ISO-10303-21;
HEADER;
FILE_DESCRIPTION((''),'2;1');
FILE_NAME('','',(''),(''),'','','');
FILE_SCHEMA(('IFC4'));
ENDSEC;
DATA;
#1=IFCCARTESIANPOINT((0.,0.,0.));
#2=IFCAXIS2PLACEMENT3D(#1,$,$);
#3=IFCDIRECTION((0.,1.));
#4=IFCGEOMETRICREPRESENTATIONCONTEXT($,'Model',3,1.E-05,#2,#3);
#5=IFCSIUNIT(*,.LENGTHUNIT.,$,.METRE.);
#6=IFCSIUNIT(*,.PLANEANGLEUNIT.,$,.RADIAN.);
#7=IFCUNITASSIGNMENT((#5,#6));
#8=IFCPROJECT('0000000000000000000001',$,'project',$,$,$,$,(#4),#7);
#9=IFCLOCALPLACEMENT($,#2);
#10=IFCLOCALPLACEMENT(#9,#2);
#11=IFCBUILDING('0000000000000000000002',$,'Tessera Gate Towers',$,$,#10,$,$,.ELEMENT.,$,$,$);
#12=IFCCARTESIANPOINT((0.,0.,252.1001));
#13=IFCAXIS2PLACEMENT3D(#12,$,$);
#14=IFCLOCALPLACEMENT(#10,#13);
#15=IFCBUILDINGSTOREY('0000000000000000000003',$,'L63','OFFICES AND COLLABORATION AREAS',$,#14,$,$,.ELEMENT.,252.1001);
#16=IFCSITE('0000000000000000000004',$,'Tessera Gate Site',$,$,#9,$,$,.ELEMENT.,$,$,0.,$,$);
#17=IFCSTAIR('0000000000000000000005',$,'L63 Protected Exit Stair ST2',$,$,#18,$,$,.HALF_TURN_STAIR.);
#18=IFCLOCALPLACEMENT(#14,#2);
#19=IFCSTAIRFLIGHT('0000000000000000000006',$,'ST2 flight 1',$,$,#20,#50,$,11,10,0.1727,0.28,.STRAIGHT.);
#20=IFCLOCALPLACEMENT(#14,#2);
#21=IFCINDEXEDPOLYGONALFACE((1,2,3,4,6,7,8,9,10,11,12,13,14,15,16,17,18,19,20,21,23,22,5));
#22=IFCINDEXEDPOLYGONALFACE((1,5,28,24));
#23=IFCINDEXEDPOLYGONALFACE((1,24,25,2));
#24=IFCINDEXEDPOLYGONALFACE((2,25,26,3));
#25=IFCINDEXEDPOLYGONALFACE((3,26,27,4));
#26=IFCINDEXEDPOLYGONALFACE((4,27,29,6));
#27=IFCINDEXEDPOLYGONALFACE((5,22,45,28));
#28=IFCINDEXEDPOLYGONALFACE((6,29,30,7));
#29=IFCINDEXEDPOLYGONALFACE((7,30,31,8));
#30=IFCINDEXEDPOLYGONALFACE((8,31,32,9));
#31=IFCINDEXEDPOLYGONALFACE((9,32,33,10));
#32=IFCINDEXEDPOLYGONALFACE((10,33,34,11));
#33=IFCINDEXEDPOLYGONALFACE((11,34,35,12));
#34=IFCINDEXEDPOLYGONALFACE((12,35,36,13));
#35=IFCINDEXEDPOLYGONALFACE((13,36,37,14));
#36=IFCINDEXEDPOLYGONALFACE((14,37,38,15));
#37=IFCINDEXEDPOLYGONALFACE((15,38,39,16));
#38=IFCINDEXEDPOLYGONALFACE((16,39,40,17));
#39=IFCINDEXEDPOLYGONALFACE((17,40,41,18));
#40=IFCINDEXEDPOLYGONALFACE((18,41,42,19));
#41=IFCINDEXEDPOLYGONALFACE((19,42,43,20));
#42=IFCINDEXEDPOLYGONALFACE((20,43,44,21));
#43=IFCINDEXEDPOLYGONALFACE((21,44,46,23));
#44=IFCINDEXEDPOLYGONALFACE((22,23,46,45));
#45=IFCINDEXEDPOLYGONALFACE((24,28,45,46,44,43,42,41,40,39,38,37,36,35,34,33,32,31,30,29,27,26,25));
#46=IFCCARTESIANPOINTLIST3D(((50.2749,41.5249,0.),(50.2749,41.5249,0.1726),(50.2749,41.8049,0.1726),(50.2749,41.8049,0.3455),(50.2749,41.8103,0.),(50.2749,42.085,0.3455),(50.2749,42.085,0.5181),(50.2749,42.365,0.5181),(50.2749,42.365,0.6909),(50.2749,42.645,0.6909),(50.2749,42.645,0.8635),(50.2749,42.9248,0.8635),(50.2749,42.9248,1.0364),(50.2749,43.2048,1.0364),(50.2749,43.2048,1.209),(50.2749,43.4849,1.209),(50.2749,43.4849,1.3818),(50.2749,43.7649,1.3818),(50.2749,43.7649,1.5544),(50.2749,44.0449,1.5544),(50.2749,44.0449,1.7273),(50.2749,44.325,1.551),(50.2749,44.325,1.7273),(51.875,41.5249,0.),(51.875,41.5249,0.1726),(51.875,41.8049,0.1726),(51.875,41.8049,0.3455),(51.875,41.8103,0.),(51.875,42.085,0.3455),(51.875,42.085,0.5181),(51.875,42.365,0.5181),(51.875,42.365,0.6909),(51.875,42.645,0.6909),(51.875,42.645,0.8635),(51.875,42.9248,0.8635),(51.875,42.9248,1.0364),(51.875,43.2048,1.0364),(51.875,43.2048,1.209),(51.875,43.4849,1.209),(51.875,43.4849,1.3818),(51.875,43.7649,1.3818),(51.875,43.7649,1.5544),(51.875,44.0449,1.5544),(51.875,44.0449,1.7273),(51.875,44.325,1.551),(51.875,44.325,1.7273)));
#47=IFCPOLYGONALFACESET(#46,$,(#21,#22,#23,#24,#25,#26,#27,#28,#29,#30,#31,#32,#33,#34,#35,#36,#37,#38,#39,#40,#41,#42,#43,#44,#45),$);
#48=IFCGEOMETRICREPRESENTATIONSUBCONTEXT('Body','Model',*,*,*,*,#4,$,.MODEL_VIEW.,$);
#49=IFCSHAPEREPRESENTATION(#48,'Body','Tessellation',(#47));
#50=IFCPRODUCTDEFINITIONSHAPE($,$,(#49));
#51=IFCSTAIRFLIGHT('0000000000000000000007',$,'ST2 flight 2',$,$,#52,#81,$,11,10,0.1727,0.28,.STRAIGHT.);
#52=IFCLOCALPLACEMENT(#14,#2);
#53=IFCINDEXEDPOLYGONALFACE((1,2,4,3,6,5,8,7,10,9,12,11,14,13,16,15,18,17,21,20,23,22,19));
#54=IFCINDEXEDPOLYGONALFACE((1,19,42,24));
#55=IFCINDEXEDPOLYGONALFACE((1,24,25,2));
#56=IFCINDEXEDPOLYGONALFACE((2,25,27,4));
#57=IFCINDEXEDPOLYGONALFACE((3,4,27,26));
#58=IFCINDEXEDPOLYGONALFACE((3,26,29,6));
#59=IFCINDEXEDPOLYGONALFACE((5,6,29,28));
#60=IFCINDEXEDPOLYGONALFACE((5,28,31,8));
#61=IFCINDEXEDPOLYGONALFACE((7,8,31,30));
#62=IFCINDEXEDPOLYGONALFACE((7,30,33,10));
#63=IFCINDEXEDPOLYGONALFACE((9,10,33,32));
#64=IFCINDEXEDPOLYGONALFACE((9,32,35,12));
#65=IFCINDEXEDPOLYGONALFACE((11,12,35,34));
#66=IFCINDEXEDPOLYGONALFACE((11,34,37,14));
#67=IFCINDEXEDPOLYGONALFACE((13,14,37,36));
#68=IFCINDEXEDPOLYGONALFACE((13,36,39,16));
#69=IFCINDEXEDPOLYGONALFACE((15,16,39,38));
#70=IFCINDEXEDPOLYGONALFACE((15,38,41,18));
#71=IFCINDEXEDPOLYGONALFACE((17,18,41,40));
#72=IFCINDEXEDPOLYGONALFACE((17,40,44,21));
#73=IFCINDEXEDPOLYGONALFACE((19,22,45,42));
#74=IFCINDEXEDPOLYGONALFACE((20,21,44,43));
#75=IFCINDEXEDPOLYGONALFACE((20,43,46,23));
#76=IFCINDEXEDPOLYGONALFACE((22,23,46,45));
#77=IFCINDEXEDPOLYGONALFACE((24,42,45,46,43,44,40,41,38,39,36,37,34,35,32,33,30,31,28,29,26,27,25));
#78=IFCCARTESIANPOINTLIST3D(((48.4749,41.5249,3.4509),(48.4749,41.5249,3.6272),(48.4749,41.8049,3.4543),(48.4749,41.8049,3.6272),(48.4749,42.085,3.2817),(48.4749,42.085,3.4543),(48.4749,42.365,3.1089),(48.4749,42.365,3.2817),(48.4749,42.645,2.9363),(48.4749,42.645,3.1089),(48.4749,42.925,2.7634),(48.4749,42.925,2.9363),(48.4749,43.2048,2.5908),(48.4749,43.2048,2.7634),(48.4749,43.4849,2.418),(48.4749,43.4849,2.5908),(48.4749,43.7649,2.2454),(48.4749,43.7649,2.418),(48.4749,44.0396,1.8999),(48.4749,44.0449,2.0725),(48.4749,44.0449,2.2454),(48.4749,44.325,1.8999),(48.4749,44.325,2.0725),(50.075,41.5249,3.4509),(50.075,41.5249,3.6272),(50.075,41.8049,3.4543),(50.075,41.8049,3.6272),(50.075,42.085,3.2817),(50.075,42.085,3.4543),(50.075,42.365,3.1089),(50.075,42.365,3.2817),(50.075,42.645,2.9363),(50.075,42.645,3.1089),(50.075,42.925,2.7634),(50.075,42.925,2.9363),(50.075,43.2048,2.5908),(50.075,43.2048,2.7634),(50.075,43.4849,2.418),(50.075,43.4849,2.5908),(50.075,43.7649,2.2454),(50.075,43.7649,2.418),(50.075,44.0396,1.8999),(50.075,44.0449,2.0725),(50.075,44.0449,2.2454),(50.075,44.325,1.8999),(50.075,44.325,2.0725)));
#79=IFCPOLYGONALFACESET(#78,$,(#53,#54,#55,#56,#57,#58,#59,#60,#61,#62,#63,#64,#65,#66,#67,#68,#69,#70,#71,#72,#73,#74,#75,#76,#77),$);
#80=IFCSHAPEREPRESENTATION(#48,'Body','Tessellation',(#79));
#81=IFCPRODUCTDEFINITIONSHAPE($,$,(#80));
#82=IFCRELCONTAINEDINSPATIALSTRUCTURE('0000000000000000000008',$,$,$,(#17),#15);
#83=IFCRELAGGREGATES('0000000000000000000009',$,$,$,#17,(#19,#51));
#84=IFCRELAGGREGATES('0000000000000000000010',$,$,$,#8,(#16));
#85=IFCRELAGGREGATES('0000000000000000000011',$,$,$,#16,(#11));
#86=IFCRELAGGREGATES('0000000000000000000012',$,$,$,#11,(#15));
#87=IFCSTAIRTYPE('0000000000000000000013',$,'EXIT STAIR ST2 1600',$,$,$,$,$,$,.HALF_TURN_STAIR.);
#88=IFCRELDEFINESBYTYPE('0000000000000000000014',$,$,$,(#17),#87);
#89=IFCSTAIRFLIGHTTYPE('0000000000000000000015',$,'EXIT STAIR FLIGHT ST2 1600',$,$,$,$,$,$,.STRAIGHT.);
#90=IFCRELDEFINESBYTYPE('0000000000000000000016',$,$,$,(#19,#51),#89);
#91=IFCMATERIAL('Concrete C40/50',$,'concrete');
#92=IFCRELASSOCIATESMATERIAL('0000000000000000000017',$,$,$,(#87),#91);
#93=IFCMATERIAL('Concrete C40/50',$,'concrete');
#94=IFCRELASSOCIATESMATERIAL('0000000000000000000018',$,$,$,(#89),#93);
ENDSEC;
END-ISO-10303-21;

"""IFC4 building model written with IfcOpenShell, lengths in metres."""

from ifc_helpers import new_model, si_unit, direction, frame, origin, place, context, subcontext, project, spatial, polyline, outline, extrude, material, type_object, element, aggregate, save


model = new_model("IFC4")

# Units and contexts
model_context = context("Model", 3, precision=1e-05, world=origin(), true_north=direction((0.0, 1.0)))
body_context = subcontext(model_context, "Body", "Model", "MODEL_VIEW")
ifc_project = project(units=[si_unit("LENGTHUNIT", "METRE"), si_unit("PLANEANGLEUNIT", "RADIAN")], contexts=[model_context])

# Site, building, storey
site_placement = place(None, origin())
site = spatial("IfcSite", under=ifc_project, at=site_placement, Name="Tessera Gate Site", CompositionType="ELEMENT", RefElevation=0.0)
building_placement = place(site_placement, origin())
building = spatial("IfcBuilding", under=site, at=building_placement, Name="Tessera Gate Towers", CompositionType="ELEMENT")
storey_placement = place(building_placement, frame((0.0, 0.0, 252.1001)))
storey = spatial("IfcBuildingStorey", under=building, at=storey_placement, Name="L63", Description="OFFICES AND COLLABORATION AREAS", CompositionType="ELEMENT", Elevation=252.1001)

# Stair, stair flights
ifc_material_1 = material(Name="Concrete C40/50", Category="concrete")
stair_type = type_object("IfcStairType", Name="EXIT STAIR ST2 1600", PredefinedType="HALF_TURN_STAIR", material=ifc_material_1)
stair_placement = place(storey_placement, origin())
stair = element("IfcStair", 1, at=stair_placement, inside=storey, type_object=stair_type, Name="L63 Protected Exit Stair ST2", PredefinedType="HALF_TURN_STAIR")
ifc_material_2 = material(Name="Concrete C40/50", Category="concrete")
stair_flight_type = type_object("IfcStairFlightType", Name="EXIT STAIR FLIGHT ST2 1600", PredefinedType="STRAIGHT", material=ifc_material_2)
stair_flight_1_placement = place(storey_placement, frame((51.075, 41.5249, 0.0), z_axis=(0.0, 0.0, 1.0), x_axis=(0.0, 1.0, 0.0)))
stair_flight_1 = element("IfcStairFlight", 2, at=stair_flight_1_placement, type_object=stair_flight_type, Name="ST2 flight 1", NumberOfRisers=11, NumberOfTreads=10, PredefinedType="STRAIGHT", RiserHeight=0.1727, TreadLength=0.28, context=body_context, shape_type="SweptSolid", body=[
    extrude(outline(polyline([(0.0, 0.0), (0.0, 0.1726), (0.28, 0.1726), (0.28, 0.3455), (0.5601, 0.3455), (0.5601, 0.5181), (0.8401, 0.5181), (0.8401, 0.6909), (1.1201, 0.6909), (1.1201, 0.8635), (1.3999, 0.8635), (1.3999, 1.0364), (1.6799, 1.0364), (1.6799, 1.209), (1.96, 1.209), (1.96, 1.3818), (2.24, 1.3818), (2.24, 1.5544), (2.52, 1.5544), (2.52, 1.7273), (2.8, 1.7273), (2.8, 1.8999), (2.8, 1.551), (0.2854, 0.0), (0.0, 0.0)])), frame((0.0, 0.8, 0.0), z_axis=(0.0, -1.0, 0.0), x_axis=(1.0, 0.0, 0.0)), (0.0, 0.0, 1.0), 1.6001),
])
stair_flight_2_placement = place(storey_placement, frame((49.2749, 44.325, 1.8999), z_axis=(0.0, 0.0, 1.0), x_axis=(0.0, -1.0, 0.0)))
stair_flight_2 = element("IfcStairFlight", 3, at=stair_flight_2_placement, type_object=stair_flight_type, Name="ST2 flight 2", NumberOfRisers=11, NumberOfTreads=10, PredefinedType="STRAIGHT", RiserHeight=0.1727, TreadLength=0.28, context=body_context, shape_type="SweptSolid", body=[
    extrude(outline(polyline([(0.0, 0.0), (0.0, 0.1726), (0.28, 0.1726), (0.28, 0.3455), (0.5601, 0.3455), (0.5601, 0.5181), (0.8401, 0.5181), (0.8401, 0.6909), (1.1201, 0.6909), (1.1201, 0.8635), (1.3999, 0.8635), (1.3999, 1.0364), (1.6799, 1.0364), (1.6799, 1.209), (1.96, 1.209), (1.96, 1.3818), (2.24, 1.3818), (2.24, 1.5544), (2.52, 1.5544), (2.52, 1.7273), (2.8, 1.7273), (2.8, 1.8999), (2.8, 1.551), (0.2854, 0.0), (0.0, 0.0)])), frame((0.0, 0.8, 0.0), z_axis=(0.0, -1.0, 0.0), x_axis=(1.0, 0.0, 0.0)), (0.0, 0.0, 1.0), 1.6001),
])
aggregate(stair, [stair_flight_1, stair_flight_2])

save(model, "model.ifc")
